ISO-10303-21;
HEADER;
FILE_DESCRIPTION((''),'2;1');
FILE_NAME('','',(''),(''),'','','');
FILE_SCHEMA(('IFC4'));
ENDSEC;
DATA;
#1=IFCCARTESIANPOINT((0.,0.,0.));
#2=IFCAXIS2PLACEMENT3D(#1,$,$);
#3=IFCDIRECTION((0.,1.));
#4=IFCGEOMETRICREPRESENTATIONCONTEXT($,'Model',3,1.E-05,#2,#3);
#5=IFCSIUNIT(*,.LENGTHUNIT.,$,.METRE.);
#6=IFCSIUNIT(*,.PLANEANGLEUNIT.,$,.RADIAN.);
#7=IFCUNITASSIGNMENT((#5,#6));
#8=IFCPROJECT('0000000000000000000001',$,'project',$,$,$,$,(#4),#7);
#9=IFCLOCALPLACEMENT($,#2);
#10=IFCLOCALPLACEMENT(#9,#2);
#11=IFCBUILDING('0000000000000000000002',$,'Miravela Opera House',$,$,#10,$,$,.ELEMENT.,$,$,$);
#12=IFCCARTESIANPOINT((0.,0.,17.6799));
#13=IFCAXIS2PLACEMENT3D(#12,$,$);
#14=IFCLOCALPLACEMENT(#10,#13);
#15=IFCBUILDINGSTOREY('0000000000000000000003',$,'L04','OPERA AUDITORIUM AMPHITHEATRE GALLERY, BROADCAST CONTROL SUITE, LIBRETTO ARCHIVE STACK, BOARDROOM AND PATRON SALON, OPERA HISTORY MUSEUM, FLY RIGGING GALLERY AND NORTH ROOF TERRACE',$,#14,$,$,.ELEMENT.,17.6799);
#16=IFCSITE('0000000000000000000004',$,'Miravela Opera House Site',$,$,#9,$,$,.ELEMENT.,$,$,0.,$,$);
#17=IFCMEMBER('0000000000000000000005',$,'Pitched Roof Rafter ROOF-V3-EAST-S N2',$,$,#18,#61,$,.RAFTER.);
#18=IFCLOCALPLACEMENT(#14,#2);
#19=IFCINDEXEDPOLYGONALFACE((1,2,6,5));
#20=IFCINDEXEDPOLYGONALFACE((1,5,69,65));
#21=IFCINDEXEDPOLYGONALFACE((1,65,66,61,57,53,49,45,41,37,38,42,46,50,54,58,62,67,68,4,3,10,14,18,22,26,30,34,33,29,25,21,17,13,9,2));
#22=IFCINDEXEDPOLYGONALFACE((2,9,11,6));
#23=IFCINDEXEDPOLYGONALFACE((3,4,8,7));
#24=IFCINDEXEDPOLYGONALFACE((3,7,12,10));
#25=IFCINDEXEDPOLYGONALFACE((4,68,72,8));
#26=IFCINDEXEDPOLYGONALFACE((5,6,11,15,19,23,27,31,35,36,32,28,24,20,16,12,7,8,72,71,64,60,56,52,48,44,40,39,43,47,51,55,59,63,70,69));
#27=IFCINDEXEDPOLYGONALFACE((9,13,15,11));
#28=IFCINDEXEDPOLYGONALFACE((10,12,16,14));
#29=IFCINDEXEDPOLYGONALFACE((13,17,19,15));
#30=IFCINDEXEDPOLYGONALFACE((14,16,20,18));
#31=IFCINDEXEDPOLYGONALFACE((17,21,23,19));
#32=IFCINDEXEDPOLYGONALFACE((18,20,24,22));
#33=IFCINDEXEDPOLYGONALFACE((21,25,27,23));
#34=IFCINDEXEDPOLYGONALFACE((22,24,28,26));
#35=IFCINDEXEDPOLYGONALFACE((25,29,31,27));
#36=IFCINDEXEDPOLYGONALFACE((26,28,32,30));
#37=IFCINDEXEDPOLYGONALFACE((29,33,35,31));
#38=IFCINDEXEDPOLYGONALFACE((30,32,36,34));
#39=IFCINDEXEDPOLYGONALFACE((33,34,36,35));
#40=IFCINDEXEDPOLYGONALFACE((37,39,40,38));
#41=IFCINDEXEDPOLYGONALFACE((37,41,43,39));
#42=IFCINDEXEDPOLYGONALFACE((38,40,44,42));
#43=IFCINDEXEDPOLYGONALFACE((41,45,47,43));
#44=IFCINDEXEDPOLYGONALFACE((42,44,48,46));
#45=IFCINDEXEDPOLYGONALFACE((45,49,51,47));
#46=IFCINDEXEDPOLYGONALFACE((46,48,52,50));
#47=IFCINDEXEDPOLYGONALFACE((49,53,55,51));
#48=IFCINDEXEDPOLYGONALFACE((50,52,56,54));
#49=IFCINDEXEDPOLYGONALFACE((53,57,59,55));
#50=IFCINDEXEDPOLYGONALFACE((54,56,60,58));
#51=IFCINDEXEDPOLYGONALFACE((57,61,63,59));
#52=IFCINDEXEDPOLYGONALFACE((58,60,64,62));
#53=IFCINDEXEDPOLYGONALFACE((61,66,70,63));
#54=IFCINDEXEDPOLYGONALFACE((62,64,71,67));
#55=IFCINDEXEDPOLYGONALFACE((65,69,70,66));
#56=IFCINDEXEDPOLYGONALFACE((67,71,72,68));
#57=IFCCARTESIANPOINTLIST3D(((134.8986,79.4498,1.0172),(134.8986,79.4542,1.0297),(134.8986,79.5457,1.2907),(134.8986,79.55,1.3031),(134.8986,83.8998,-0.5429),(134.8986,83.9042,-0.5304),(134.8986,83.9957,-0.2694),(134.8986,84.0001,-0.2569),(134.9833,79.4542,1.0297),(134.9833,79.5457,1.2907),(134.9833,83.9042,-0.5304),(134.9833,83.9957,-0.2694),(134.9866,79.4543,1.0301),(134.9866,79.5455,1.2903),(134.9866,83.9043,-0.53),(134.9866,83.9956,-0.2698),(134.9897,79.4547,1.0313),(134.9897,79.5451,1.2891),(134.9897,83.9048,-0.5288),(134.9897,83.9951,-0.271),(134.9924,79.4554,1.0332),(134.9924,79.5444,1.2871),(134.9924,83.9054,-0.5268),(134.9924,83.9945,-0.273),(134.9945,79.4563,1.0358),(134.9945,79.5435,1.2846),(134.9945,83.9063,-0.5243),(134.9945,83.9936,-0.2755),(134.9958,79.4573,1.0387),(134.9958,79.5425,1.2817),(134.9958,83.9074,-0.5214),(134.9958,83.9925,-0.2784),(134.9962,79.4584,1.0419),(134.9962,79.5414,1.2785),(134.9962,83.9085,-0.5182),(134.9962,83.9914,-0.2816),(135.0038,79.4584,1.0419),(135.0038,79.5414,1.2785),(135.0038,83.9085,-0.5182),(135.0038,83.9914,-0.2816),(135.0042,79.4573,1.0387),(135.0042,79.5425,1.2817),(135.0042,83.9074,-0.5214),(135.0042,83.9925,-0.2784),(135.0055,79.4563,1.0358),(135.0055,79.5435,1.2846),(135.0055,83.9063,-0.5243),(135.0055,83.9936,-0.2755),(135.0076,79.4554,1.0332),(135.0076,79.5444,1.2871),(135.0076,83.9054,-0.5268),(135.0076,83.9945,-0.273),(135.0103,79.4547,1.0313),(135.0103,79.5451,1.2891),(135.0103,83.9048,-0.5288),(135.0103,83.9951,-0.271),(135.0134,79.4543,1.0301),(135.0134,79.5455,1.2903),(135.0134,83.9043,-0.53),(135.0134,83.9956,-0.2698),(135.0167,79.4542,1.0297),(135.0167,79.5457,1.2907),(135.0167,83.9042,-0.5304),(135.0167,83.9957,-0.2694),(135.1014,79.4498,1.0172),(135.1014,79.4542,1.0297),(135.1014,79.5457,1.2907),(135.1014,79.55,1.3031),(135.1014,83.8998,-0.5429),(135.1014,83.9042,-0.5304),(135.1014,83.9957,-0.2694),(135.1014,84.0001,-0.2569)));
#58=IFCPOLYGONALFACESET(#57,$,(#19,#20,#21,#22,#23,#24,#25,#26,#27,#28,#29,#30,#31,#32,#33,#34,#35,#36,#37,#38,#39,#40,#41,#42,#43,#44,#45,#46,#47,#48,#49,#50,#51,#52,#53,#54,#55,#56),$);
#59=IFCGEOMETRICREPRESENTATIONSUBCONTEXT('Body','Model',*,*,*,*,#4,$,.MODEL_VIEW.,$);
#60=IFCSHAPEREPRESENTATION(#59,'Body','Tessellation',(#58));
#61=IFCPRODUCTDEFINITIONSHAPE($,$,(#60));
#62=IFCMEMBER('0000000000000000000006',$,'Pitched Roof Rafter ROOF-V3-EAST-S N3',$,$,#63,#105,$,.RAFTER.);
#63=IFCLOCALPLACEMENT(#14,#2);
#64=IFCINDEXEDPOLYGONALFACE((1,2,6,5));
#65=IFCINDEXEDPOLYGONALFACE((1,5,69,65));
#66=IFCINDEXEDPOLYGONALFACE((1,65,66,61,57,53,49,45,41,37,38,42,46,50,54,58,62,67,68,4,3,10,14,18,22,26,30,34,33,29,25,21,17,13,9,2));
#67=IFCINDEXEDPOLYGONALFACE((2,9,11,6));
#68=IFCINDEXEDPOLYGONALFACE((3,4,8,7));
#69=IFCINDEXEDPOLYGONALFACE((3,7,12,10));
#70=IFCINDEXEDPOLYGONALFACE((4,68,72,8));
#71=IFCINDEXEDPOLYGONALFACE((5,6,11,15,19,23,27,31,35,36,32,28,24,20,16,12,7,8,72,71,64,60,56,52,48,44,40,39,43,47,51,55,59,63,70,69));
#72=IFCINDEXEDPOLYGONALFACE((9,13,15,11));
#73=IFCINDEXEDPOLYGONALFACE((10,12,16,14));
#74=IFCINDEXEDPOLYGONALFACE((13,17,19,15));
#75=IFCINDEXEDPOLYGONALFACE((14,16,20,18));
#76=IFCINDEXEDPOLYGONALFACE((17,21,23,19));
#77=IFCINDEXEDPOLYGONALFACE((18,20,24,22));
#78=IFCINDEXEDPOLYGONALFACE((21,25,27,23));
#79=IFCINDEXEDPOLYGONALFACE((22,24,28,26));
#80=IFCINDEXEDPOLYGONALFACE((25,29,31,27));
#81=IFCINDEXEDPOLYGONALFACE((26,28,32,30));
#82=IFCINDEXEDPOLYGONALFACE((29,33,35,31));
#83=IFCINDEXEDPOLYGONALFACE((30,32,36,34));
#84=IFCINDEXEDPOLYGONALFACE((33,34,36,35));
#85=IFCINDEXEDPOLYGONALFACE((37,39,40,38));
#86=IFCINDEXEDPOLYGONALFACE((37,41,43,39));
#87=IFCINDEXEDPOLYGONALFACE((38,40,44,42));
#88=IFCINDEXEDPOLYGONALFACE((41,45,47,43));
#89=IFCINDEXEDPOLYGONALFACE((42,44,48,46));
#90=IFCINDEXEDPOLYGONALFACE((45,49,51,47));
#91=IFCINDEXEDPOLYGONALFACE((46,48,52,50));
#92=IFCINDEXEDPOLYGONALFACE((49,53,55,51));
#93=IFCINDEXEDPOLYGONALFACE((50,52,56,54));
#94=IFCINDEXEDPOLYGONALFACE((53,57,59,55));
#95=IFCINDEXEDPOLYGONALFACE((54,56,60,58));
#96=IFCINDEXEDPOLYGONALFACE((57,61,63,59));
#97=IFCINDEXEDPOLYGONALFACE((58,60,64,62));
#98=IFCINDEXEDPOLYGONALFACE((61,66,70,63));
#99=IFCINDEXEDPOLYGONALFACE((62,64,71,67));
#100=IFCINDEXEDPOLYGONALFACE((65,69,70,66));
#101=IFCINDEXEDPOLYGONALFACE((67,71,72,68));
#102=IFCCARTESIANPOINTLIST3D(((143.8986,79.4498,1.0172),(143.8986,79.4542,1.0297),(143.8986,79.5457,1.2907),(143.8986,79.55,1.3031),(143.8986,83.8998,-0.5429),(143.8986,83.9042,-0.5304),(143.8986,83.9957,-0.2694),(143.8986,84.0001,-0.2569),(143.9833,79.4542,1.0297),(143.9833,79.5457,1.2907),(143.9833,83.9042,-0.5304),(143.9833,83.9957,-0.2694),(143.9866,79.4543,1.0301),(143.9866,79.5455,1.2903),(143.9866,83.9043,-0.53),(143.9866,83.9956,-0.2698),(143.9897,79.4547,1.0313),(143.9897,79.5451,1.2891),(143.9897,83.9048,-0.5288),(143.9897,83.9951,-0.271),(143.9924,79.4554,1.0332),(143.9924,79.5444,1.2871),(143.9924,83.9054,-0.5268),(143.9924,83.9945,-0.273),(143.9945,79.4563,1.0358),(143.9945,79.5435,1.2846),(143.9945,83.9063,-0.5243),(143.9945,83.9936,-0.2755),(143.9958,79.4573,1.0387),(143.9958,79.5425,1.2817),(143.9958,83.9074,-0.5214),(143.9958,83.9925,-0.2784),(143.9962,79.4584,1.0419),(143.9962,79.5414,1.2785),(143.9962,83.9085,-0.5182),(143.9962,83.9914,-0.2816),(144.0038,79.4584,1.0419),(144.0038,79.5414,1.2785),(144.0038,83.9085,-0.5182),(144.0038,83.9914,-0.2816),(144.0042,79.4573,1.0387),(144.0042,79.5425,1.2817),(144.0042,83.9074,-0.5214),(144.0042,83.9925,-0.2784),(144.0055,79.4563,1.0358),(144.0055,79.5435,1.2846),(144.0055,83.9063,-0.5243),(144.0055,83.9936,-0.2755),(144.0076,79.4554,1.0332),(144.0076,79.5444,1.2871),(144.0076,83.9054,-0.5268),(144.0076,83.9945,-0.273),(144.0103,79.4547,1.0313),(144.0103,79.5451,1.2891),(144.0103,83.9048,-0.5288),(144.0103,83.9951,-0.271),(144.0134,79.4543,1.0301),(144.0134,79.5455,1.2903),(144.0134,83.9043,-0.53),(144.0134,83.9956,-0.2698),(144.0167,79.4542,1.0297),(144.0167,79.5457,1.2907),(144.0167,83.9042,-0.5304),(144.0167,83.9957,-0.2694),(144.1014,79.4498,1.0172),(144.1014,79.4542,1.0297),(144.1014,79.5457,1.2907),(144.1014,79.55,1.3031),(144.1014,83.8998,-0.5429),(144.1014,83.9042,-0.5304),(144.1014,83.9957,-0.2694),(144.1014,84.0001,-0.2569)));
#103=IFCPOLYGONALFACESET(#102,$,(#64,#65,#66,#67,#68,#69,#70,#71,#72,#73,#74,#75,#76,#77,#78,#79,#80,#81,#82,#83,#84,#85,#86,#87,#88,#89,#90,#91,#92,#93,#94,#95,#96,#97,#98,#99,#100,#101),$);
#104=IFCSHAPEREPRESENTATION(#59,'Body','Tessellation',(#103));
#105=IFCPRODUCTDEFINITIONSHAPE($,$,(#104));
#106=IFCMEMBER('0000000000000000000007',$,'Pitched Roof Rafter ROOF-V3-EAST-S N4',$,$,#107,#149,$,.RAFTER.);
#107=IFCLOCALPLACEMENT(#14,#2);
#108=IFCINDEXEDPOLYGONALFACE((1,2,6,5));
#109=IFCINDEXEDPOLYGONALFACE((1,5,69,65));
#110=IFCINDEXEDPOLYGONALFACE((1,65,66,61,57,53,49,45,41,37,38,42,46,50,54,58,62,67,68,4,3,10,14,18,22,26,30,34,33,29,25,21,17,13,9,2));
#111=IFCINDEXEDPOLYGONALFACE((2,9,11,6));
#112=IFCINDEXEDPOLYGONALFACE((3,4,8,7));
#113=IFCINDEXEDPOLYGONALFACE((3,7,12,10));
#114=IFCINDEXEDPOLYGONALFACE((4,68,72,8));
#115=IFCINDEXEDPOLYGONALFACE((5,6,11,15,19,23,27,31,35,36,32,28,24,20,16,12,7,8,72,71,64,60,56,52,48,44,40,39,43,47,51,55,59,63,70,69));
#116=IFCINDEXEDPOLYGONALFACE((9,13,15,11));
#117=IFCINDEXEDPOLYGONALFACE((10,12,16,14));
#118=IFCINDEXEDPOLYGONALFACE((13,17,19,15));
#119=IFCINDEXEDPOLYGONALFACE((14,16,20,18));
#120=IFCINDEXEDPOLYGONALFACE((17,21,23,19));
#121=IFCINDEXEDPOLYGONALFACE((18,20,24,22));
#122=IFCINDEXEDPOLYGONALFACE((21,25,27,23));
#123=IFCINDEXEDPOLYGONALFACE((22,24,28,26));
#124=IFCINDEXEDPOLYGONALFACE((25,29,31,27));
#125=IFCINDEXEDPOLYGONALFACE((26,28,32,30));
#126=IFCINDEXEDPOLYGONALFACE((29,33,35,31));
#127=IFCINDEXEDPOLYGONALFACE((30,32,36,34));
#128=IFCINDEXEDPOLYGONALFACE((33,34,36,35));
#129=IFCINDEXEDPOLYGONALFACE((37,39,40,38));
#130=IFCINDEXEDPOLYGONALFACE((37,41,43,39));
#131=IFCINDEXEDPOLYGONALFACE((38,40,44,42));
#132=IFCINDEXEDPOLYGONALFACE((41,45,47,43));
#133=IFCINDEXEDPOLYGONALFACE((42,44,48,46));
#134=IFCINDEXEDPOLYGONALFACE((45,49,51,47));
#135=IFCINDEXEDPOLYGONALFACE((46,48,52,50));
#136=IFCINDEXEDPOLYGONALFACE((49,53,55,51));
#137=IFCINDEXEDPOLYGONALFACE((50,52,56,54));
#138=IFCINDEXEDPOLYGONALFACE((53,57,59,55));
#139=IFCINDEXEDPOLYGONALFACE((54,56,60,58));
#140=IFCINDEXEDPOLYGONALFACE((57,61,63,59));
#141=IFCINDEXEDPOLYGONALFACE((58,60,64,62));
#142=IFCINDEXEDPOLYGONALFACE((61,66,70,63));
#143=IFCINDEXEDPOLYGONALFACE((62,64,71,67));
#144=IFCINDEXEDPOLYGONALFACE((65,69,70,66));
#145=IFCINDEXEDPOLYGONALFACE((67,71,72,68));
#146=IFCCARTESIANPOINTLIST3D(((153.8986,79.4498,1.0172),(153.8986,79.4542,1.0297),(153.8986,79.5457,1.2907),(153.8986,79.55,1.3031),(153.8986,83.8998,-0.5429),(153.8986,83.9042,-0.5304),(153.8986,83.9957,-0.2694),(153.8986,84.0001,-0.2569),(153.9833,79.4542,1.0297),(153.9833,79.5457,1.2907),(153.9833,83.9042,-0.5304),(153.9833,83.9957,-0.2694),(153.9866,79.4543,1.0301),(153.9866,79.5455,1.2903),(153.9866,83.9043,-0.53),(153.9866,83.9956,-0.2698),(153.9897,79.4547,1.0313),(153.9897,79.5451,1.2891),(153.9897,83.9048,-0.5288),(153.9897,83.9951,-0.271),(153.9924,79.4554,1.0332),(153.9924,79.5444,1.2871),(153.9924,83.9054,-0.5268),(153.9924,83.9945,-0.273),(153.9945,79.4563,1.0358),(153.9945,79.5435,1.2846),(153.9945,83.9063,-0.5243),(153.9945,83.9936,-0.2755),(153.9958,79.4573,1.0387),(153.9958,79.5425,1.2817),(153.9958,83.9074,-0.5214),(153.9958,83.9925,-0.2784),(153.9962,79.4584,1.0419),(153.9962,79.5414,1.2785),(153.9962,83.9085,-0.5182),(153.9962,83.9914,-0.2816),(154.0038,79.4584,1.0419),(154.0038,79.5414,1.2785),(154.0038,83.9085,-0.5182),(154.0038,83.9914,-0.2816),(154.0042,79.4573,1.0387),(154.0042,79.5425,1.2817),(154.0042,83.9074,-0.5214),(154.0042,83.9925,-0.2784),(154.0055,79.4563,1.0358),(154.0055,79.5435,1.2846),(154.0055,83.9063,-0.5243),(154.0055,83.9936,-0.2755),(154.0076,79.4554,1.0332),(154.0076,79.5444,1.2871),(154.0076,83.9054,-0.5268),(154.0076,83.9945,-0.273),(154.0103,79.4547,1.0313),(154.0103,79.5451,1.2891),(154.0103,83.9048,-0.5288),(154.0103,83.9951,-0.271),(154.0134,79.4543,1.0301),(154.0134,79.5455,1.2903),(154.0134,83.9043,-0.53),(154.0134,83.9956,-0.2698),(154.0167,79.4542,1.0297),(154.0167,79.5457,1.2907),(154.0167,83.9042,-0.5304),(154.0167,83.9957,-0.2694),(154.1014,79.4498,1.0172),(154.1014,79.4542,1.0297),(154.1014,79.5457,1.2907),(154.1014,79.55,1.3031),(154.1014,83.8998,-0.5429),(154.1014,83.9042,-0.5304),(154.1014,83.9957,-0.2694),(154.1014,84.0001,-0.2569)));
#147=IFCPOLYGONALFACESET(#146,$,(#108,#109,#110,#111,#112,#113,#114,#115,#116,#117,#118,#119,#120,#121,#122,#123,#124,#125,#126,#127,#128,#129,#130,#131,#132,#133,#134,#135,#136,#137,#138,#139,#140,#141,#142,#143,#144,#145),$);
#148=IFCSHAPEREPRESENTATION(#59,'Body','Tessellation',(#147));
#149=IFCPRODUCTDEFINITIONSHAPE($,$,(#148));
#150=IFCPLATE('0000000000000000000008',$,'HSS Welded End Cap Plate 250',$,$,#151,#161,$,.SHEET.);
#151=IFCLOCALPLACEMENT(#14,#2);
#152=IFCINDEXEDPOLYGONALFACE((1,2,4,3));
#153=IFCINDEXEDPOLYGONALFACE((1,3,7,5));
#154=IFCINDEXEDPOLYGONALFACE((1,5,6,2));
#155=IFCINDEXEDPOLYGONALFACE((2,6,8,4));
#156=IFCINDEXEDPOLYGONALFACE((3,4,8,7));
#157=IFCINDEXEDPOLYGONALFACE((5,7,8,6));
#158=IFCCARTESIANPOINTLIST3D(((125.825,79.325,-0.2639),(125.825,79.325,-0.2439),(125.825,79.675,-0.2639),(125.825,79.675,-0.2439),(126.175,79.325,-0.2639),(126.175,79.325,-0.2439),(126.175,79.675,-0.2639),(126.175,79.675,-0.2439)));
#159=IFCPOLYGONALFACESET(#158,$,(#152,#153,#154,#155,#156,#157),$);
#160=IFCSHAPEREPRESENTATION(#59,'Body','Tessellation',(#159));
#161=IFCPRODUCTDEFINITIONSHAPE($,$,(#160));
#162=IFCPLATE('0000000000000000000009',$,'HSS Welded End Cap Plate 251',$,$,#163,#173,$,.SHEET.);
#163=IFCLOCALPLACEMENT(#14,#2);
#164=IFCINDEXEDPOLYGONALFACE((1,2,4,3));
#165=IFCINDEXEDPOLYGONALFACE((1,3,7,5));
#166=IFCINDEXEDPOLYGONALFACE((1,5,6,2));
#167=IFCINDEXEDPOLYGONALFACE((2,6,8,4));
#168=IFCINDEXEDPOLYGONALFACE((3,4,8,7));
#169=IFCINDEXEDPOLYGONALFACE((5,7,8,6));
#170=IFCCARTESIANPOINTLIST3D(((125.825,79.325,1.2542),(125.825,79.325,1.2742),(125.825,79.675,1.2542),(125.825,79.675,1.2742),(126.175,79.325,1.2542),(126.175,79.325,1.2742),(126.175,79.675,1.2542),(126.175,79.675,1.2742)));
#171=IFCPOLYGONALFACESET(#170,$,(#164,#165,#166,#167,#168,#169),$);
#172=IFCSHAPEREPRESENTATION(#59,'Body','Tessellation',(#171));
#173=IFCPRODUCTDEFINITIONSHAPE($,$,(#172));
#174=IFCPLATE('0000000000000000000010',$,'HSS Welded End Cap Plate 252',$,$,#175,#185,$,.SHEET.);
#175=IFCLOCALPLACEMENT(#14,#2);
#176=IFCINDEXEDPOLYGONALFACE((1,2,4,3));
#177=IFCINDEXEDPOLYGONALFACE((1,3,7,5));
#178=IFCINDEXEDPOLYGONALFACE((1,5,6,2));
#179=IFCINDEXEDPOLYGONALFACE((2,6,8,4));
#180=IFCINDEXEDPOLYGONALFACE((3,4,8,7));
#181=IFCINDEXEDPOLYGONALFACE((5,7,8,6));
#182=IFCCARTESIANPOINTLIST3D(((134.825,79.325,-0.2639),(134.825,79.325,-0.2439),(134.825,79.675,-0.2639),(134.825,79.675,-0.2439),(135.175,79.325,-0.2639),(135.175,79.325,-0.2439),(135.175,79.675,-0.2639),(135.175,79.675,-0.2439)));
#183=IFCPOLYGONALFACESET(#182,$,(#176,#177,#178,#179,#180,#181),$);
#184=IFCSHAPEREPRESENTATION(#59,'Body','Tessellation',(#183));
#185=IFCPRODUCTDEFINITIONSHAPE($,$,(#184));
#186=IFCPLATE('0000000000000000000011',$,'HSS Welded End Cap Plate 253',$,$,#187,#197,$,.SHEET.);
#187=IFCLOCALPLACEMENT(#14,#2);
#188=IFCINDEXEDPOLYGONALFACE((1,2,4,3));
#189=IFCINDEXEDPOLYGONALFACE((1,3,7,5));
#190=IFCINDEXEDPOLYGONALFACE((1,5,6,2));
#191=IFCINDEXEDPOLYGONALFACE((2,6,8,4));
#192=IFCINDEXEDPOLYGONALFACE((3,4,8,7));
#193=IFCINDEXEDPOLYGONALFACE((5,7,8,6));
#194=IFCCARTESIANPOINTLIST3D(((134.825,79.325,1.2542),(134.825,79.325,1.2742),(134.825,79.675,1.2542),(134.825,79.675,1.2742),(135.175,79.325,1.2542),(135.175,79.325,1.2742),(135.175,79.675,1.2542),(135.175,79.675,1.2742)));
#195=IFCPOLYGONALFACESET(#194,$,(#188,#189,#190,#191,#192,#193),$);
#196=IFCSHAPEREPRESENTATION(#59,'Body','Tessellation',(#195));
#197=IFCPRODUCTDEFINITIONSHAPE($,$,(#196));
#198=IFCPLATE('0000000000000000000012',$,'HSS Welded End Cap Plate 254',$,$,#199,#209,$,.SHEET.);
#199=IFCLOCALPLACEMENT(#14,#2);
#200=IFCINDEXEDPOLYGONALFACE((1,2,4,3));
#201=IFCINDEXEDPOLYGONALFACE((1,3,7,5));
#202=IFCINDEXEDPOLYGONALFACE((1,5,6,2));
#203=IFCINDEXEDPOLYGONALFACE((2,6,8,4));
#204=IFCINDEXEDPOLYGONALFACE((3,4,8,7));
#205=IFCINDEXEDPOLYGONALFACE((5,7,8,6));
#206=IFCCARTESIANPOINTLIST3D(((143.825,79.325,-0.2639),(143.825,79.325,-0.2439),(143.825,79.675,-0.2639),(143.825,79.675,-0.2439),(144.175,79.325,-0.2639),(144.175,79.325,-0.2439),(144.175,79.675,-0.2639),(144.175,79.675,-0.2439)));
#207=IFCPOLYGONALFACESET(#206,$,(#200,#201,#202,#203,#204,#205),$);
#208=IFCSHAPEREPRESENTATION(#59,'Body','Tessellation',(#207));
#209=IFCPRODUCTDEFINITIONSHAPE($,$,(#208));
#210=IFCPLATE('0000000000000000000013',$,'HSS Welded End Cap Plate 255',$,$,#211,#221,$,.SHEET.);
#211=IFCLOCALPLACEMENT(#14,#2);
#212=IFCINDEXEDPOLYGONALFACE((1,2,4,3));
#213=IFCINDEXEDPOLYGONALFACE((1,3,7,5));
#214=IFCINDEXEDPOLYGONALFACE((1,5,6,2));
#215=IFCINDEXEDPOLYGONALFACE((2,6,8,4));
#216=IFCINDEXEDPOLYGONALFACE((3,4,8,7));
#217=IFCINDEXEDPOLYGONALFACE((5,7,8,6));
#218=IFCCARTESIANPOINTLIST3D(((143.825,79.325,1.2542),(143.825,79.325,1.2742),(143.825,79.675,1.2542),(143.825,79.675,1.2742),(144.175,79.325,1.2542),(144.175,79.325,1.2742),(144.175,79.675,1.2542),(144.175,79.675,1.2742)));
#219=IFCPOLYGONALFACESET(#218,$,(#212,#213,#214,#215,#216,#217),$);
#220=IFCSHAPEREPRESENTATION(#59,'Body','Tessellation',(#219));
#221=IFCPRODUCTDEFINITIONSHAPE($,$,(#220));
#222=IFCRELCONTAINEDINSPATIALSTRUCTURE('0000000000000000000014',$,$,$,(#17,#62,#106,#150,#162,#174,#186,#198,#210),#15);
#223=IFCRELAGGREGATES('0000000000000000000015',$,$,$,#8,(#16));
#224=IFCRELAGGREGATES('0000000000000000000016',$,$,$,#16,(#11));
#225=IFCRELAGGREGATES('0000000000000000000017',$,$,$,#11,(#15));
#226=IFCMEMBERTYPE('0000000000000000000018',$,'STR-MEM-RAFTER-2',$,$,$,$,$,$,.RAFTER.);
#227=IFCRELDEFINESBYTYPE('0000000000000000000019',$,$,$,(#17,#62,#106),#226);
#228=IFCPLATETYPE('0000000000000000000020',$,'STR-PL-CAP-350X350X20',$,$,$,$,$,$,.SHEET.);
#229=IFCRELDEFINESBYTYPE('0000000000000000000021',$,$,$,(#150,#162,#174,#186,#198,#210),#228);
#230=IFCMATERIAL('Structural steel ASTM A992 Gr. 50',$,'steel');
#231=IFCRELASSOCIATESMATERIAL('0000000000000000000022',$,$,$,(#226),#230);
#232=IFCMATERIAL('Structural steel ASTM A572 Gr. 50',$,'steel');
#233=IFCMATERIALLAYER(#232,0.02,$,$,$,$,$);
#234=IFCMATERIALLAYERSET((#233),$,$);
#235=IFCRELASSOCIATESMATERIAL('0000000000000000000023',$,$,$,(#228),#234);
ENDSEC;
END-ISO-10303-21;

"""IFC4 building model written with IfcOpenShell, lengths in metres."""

from ifc_helpers import new_model, si_unit, direction, frame, origin, origin_2d, place, context, subcontext, project, spatial, rectangle, i_section, extrude, material, layer, layer_set, material_profile, profile_set, type_object, element, save


model = new_model("IFC4")

# Units and contexts
model_context = context("Model", 3, precision=1e-05, world=origin(), true_north=direction((0.0, 1.0)))
body_context = subcontext(model_context, "Body", "Model", "MODEL_VIEW")
ifc_project = project(units=[si_unit("LENGTHUNIT", "METRE"), si_unit("PLANEANGLEUNIT", "RADIAN")], contexts=[model_context])

# Site, building, storey
site_placement = place(None, origin())
site = spatial("IfcSite", under=ifc_project, at=site_placement, Name="Miravela Opera House Site", CompositionType="ELEMENT", RefElevation=0.0)
building_placement = place(site_placement, origin())
building = spatial("IfcBuilding", under=site, at=building_placement, Name="Miravela Opera House", CompositionType="ELEMENT")
storey_placement = place(building_placement, frame((0.0, 0.0, 17.6799)))
storey = spatial("IfcBuildingStorey", under=building, at=storey_placement, Name="L04", Description="OPERA AUDITORIUM AMPHITHEATRE GALLERY, BROADCAST CONTROL SUITE, LIBRETTO ARCHIVE STACK, BOARDROOM AND PATRON SALON, OPERA HISTORY MUSEUM, FLY RIGGING GALLERY AND NORTH ROOF TERRACE", CompositionType="ELEMENT", Elevation=17.6799)

# Shared definitions
ifc_material_1 = material(Name="Structural steel ASTM A992 Gr. 50", Category="steel")

# Members
ifc_material_profile_1 = material_profile(ifc_material_1, i_section(OverallWidth=0.2029, OverallDepth=0.303, WebThickness=0.0076, FlangeThickness=0.0132, FilletRadius=0.0129, at=origin_2d()), Name="W310X60")
ifc_profile_set_1 = profile_set([ifc_material_profile_1])
member_type_1 = type_object("IfcMemberType", Name="STR-MEM-RAFTER-2", PredefinedType="RAFTER", material=ifc_profile_set_1)
for number, where, z_axis, x_axis, name in (
    (1, (135.0, 83.95, -0.3999), (0.0, -0.943688, 0.330837), (1.0, 0.0, 0.0), "Pitched Roof Rafter ROOF-V3-EAST-S N2"),
    (2, (144.0, 83.95, -0.3999), (0.0, -0.943688, 0.330837), (1.0, 0.0, 0.0), "Pitched Roof Rafter ROOF-V3-EAST-S N3"),
    (3, (154.0, 83.95, -0.3999), (0.0, -0.943688, 0.330837), (1.0, 0.0, 0.0), "Pitched Roof Rafter ROOF-V3-EAST-S N4"),
):
    element("IfcMember", number, at=place(storey_placement, frame(where, z_axis=z_axis, x_axis=x_axis)), inside=storey, type_object=member_type_1, Name=name, PredefinedType="RAFTER", context=body_context, shape_type="SweptSolid", body=[
        extrude(i_section(OverallWidth=0.2029, OverallDepth=0.303, WebThickness=0.0076, FlangeThickness=0.0132, FilletRadius=0.0129, at=origin_2d()), origin(), (0.0, 0.0, 1.0), 4.7156),
    ])

# Plates
ifc_material_2 = material(Name="Structural steel ASTM A572 Gr. 50", Category="steel")
ifc_layer_1 = layer(ifc_material_2, 0.02)
ifc_layer_set_1 = layer_set([ifc_layer_1])
plate_type = type_object("IfcPlateType", Name="STR-PL-CAP-350X350X20", PredefinedType="SHEET", material=ifc_layer_set_1)
for number, where, z_axis, x_axis, name in (
    (4, (126.0, 79.5, -0.2639), (0.0, 0.0, 1.0), (1.0, 0.0, 0.0), "HSS Welded End Cap Plate 250"),
    (5, (126.0, 79.5, 1.2542), (0.0, 0.0, 1.0), (1.0, 0.0, 0.0), "HSS Welded End Cap Plate 251"),
    (6, (135.0, 79.5, -0.2639), (0.0, 0.0, 1.0), (1.0, 0.0, 0.0), "HSS Welded End Cap Plate 252"),
    (7, (135.0, 79.5, 1.2542), (0.0, 0.0, 1.0), (1.0, 0.0, 0.0), "HSS Welded End Cap Plate 253"),
    (8, (144.0, 79.5, -0.2639), (0.0, 0.0, 1.0), (1.0, 0.0, 0.0), "HSS Welded End Cap Plate 254"),
    (9, (144.0, 79.5, 1.2542), (0.0, 0.0, 1.0), (1.0, 0.0, 0.0), "HSS Welded End Cap Plate 255"),
):
    element("IfcPlate", number, at=place(storey_placement, frame(where, z_axis=z_axis, x_axis=x_axis)), inside=storey, type_object=plate_type, Name=name, PredefinedType="SHEET", context=body_context, shape_type="SweptSolid", body=[
        extrude(rectangle(XDim=0.3501, YDim=0.3501, at=origin_2d()), origin(), (0.0, 0.0, 1.0), 0.02),
    ])

save(model, "model.ifc")
